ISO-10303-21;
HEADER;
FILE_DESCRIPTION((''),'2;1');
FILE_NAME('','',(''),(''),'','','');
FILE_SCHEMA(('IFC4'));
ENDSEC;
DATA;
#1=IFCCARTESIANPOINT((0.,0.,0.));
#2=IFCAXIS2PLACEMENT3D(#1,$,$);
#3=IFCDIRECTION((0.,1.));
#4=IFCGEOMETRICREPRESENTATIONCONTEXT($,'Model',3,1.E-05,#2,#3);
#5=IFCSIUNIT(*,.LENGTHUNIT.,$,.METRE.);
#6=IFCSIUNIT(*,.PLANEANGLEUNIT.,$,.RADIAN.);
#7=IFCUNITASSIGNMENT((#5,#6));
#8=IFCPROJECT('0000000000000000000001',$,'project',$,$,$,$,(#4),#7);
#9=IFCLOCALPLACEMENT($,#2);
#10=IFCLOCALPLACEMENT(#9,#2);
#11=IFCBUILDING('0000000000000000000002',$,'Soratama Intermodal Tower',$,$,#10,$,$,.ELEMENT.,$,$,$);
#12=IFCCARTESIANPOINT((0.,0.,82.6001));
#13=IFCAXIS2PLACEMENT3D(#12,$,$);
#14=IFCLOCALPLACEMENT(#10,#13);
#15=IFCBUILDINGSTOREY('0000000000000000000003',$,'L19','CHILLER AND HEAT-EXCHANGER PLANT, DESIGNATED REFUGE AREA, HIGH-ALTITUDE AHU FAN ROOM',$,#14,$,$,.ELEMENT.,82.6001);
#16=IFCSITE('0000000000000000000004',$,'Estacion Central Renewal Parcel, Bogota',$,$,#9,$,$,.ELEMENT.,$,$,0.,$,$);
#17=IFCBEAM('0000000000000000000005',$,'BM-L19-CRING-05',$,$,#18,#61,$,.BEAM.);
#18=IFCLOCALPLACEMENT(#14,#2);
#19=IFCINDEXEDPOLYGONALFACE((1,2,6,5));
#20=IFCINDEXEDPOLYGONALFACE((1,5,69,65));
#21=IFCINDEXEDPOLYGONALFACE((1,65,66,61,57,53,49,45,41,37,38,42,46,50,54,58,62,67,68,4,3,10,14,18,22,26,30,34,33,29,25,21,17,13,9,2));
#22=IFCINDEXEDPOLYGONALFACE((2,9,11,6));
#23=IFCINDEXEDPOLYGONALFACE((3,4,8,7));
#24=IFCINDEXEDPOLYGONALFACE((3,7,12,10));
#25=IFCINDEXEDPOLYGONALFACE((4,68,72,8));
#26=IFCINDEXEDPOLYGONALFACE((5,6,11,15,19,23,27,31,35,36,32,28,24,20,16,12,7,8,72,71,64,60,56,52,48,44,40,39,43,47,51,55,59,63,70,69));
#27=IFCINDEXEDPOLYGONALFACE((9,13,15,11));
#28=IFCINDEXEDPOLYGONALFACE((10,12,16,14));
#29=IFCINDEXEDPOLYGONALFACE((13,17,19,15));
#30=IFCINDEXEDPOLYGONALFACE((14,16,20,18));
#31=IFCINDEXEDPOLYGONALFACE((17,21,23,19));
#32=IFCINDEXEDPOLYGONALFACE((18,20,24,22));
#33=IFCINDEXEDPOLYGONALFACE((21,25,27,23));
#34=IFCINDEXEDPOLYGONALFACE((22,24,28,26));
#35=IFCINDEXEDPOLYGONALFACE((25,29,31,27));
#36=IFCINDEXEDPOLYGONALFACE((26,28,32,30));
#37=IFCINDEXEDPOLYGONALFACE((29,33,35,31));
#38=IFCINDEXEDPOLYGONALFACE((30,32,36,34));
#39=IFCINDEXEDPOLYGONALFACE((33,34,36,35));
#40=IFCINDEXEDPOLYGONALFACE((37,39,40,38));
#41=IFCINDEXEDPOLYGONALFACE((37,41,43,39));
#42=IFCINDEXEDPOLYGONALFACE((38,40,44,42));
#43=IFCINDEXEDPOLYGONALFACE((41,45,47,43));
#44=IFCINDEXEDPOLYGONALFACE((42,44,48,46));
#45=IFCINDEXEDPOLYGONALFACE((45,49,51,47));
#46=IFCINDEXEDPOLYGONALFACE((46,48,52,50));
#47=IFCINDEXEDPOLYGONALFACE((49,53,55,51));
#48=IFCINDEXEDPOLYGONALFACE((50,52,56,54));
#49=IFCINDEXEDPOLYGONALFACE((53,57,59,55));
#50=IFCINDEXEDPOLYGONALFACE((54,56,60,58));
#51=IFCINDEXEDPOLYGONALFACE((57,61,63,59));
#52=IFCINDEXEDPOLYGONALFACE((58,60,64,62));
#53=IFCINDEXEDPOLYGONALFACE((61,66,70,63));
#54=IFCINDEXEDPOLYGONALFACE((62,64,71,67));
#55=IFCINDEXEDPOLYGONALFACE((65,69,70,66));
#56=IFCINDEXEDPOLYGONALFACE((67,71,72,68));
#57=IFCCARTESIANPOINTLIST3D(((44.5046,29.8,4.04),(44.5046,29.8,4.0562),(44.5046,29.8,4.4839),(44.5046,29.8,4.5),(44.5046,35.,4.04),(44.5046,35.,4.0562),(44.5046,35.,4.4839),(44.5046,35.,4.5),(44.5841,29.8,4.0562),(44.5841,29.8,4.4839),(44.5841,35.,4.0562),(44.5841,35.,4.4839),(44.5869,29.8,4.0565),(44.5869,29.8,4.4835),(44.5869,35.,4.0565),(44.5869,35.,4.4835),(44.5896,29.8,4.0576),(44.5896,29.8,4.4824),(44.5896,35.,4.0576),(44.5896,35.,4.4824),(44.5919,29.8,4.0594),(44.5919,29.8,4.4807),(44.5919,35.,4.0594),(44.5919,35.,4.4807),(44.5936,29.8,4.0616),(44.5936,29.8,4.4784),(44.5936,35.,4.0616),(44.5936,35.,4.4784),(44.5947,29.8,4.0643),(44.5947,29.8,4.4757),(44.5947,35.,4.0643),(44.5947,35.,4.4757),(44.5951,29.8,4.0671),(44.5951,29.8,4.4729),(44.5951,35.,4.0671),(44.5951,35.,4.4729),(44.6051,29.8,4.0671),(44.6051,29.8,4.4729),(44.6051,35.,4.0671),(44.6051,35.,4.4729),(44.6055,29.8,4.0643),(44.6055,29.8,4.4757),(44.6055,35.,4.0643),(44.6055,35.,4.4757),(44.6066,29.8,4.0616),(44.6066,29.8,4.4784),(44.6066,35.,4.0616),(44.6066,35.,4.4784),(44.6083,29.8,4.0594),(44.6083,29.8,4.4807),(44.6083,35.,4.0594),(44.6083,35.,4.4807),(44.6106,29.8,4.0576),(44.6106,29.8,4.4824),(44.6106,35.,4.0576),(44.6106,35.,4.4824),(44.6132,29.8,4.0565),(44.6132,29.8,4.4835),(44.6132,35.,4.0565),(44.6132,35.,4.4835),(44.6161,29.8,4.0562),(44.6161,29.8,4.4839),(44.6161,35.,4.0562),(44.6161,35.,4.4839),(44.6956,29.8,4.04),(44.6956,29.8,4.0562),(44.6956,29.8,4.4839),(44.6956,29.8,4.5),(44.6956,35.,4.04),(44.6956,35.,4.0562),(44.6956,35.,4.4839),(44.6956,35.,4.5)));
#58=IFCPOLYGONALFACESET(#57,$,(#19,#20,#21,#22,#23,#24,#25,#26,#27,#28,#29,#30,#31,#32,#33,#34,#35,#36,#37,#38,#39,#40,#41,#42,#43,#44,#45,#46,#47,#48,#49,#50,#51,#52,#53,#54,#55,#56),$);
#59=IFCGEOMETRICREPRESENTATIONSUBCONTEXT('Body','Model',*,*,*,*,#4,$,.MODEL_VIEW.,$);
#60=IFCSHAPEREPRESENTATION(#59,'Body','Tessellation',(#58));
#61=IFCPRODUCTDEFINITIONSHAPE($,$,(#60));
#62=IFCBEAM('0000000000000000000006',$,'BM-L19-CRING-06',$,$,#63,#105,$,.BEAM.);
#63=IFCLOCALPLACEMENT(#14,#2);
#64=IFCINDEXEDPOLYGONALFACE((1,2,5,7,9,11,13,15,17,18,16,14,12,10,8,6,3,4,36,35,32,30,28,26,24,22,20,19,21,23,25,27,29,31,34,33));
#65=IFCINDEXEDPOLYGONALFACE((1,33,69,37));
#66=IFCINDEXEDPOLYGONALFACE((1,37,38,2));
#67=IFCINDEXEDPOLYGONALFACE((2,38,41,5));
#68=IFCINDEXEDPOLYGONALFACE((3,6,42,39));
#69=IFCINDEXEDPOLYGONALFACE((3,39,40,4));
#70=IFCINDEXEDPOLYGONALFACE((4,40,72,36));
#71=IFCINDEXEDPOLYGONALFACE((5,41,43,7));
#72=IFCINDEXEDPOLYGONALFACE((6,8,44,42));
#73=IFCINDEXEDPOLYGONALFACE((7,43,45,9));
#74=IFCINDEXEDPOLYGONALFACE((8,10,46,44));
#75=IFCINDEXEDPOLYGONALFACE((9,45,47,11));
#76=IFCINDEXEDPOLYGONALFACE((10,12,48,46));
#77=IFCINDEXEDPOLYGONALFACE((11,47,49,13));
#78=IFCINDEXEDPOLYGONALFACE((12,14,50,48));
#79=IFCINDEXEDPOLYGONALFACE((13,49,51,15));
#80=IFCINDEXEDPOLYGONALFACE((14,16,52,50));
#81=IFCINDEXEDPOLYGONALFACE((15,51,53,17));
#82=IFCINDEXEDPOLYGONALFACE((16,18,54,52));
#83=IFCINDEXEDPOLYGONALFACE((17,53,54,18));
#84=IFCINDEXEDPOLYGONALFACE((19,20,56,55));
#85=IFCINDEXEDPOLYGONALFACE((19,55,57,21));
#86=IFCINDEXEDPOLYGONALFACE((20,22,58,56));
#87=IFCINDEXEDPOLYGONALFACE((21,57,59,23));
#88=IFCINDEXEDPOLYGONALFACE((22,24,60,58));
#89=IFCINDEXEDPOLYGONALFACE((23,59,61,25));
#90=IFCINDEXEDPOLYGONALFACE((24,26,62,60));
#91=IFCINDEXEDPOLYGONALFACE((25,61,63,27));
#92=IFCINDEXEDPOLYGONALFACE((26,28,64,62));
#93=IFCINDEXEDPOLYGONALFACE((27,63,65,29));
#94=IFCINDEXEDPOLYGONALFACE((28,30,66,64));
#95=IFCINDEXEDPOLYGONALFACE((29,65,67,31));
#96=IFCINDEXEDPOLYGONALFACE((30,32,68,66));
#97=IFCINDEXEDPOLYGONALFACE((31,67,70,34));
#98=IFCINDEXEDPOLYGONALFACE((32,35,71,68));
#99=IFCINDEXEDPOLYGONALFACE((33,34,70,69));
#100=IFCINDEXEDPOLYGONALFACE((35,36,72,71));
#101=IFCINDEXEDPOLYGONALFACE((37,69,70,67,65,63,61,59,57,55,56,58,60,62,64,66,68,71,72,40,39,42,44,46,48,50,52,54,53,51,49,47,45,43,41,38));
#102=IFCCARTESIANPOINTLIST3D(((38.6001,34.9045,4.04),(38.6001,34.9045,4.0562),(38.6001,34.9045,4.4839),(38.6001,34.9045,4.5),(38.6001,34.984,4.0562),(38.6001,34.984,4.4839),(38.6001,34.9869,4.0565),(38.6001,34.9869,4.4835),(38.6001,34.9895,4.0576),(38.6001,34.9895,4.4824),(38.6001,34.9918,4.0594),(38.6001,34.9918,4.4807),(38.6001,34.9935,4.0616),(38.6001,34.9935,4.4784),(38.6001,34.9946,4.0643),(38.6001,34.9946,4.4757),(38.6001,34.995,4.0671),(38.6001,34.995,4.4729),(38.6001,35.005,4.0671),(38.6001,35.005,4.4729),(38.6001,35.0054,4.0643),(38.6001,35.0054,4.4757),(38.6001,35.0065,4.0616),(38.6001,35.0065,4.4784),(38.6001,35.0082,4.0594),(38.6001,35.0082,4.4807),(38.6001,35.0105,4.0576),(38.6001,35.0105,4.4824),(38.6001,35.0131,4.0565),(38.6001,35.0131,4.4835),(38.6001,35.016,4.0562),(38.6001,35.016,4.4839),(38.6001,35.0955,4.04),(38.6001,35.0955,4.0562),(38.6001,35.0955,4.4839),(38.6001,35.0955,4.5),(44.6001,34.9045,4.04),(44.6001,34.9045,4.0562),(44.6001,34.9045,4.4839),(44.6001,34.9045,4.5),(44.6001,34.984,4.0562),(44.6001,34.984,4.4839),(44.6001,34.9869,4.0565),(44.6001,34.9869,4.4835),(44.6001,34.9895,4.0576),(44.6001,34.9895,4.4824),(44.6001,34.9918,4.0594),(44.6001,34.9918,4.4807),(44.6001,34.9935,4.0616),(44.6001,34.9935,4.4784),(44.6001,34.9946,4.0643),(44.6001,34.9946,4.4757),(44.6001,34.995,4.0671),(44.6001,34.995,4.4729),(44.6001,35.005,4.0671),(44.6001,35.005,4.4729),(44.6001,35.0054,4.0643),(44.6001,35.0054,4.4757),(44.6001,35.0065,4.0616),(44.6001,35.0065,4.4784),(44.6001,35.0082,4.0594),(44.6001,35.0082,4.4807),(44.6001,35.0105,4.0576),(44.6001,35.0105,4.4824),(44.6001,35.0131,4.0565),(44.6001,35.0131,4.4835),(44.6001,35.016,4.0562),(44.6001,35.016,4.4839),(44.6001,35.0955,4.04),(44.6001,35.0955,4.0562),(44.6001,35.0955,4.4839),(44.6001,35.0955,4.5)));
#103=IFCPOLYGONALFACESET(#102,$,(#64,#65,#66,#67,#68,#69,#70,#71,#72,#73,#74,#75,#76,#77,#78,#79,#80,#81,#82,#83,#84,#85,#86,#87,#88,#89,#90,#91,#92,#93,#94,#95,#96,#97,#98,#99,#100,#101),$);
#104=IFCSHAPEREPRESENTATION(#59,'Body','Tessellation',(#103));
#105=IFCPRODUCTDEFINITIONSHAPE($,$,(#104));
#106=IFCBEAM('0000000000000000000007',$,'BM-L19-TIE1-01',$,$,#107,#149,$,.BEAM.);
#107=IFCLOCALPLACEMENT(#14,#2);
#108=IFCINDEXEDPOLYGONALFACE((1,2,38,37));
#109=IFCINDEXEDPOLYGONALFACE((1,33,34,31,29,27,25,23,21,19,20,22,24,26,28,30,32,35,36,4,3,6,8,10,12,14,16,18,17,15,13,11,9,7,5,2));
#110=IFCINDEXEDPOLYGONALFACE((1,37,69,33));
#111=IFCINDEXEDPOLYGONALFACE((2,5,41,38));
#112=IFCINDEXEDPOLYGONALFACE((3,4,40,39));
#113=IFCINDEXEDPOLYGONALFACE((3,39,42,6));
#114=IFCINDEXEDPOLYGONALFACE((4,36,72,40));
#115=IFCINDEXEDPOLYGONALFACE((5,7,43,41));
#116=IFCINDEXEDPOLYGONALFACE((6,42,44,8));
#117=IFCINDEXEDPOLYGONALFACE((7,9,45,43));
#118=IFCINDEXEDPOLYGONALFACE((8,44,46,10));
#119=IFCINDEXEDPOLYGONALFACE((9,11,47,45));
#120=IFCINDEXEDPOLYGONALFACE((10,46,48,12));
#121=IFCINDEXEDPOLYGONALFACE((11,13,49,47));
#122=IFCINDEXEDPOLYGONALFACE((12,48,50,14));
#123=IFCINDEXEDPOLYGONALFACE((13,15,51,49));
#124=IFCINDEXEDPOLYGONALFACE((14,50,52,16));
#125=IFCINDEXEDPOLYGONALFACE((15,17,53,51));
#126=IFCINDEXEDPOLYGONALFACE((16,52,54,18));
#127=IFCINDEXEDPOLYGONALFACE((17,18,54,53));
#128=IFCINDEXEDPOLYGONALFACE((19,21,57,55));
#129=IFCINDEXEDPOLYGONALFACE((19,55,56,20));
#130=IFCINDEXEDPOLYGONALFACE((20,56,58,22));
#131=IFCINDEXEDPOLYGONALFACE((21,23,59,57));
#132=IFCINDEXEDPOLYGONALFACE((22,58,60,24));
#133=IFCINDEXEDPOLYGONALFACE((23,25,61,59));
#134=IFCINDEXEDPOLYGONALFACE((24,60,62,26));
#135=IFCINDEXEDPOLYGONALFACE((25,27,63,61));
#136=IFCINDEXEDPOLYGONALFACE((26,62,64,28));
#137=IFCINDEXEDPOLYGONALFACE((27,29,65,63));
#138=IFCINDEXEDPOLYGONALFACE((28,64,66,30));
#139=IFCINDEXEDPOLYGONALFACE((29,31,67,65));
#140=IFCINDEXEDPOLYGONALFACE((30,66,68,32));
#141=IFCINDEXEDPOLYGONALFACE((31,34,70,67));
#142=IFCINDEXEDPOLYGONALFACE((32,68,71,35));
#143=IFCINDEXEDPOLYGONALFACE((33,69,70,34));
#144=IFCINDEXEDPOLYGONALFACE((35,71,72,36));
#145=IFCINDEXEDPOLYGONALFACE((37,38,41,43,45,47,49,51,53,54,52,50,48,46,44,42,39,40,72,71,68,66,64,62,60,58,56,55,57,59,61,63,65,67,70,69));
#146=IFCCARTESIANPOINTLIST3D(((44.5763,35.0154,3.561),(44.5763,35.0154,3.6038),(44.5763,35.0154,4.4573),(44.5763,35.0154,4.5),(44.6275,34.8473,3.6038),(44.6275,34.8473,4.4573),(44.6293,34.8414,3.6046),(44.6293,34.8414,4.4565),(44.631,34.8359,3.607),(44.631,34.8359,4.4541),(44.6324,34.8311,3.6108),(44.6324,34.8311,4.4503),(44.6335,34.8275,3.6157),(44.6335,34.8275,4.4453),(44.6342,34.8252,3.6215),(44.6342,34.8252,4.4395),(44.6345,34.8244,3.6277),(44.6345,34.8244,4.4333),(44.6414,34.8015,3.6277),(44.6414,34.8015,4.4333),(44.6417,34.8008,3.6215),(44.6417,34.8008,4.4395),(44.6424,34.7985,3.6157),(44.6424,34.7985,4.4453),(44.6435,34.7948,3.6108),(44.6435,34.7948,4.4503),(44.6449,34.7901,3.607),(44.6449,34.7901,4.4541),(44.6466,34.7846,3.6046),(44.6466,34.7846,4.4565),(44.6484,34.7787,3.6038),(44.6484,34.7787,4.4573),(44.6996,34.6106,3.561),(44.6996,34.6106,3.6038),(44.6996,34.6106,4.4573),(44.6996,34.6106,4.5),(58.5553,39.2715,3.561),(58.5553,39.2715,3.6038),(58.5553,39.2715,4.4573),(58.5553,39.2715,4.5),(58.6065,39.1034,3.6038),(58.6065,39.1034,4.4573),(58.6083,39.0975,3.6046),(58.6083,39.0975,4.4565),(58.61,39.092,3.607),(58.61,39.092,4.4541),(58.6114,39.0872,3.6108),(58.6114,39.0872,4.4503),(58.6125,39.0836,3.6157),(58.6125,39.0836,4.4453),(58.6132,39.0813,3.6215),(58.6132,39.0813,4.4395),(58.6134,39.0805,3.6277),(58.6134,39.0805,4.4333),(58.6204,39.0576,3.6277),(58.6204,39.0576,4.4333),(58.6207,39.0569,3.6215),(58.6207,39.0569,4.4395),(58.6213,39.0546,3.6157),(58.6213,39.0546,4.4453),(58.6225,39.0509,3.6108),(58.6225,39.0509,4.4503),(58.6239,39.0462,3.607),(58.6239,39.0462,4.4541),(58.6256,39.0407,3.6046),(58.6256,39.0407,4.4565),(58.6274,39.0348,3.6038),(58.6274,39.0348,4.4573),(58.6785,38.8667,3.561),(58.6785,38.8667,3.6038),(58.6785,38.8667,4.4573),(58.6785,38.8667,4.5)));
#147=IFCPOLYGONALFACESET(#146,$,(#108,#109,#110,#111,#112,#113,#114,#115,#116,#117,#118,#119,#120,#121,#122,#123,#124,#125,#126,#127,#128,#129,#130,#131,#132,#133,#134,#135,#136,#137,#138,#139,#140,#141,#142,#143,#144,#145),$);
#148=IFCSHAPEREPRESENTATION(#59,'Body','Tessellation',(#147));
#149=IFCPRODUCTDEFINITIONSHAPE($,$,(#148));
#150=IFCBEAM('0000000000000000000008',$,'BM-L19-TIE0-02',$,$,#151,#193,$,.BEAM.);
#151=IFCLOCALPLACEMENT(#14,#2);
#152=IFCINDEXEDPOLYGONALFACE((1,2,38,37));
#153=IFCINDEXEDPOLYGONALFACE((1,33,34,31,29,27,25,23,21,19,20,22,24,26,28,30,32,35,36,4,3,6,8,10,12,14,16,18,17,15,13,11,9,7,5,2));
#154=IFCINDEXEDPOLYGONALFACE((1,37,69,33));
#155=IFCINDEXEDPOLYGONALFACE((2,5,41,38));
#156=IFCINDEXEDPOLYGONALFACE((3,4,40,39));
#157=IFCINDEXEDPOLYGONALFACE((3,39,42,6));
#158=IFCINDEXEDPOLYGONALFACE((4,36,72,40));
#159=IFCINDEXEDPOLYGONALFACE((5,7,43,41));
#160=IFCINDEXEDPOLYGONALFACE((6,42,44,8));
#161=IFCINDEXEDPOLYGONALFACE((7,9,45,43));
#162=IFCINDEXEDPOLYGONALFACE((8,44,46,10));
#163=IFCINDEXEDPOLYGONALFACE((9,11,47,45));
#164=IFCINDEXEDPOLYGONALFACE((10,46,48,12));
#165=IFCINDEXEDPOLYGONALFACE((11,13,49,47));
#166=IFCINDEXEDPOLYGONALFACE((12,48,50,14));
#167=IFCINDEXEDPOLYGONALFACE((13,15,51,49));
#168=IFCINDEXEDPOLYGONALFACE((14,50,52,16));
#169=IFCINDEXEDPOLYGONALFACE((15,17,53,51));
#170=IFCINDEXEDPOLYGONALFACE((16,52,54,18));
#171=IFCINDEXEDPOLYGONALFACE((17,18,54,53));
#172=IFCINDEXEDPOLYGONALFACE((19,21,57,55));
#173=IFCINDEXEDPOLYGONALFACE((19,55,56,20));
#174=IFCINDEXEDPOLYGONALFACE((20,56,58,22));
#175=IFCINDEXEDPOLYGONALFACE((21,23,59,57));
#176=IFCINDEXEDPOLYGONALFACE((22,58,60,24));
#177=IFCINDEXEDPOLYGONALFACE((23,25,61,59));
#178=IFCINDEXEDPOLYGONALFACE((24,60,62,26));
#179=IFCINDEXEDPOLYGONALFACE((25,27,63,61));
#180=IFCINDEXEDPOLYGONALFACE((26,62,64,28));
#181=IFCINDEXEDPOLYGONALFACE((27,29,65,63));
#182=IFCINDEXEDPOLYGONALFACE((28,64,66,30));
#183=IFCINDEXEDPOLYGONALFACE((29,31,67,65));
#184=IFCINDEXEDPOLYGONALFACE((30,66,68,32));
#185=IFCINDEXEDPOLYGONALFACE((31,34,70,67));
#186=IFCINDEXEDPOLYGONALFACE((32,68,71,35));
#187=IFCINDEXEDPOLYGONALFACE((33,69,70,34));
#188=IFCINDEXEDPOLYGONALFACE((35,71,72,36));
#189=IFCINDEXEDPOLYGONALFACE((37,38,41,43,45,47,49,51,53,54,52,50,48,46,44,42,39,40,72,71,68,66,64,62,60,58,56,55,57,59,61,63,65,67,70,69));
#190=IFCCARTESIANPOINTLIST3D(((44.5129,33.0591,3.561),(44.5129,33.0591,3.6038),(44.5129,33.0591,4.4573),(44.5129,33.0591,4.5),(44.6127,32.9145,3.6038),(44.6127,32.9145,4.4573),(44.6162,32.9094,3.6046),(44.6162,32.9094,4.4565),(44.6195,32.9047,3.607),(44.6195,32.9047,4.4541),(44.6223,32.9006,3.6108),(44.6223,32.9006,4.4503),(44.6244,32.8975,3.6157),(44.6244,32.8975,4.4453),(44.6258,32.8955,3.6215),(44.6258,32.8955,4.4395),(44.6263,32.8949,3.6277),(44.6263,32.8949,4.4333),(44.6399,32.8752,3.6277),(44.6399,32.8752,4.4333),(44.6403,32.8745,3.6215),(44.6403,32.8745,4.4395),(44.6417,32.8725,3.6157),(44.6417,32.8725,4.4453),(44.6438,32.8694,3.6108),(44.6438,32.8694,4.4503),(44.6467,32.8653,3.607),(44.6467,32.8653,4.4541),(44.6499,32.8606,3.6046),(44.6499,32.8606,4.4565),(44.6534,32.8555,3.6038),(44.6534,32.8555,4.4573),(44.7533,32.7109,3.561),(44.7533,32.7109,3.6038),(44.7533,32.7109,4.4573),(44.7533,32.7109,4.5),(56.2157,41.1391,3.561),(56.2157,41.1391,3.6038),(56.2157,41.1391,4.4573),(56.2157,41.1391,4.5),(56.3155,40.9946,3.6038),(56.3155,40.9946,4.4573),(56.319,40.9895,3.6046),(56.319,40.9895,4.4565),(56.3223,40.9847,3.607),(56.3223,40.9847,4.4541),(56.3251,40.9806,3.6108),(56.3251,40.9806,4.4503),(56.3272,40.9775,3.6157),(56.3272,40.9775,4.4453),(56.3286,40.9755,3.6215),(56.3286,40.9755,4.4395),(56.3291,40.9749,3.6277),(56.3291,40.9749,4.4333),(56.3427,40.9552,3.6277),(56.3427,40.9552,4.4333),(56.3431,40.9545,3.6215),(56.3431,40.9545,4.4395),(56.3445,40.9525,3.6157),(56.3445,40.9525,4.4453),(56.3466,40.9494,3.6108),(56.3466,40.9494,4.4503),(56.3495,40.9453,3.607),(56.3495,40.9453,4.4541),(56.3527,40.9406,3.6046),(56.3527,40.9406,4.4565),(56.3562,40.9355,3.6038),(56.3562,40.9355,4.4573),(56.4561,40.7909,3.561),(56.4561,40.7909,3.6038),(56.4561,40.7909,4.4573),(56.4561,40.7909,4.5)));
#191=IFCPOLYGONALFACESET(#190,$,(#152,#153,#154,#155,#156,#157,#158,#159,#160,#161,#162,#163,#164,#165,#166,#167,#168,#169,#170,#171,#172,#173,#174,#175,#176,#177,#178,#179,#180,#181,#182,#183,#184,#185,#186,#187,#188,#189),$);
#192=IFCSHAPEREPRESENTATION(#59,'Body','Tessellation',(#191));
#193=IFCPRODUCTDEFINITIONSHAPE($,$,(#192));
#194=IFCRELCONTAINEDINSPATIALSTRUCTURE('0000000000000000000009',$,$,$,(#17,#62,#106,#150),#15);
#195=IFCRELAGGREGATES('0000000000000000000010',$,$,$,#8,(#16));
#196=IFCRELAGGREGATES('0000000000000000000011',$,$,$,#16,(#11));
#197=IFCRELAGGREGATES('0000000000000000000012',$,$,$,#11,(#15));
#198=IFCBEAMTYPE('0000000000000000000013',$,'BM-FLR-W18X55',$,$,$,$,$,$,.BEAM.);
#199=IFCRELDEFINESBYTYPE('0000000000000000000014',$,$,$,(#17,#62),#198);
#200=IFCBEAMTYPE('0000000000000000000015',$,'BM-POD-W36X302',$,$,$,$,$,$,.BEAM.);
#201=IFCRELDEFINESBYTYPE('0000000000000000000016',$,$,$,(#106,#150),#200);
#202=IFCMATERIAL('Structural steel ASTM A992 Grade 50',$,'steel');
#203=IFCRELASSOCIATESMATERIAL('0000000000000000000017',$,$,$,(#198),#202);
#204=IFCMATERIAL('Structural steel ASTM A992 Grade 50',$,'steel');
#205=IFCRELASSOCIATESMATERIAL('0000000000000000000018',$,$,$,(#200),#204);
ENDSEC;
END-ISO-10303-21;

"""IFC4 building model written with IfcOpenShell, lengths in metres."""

from ifc_helpers import new_model, si_unit, direction, frame, origin, origin_2d, place, context, subcontext, project, spatial, i_section, extrude, material, material_profile, profile_set, type_object, element, save


model = new_model("IFC4")

# Units and contexts
model_context = context("Model", 3, precision=1e-05, world=origin(), true_north=direction((0.0, 1.0)))
body_context = subcontext(model_context, "Body", "Model", "MODEL_VIEW")
ifc_project = project(units=[si_unit("LENGTHUNIT", "METRE"), si_unit("PLANEANGLEUNIT", "RADIAN")], contexts=[model_context])

# Site, building, storey
site_placement = place(None, origin())
site = spatial("IfcSite", under=ifc_project, at=site_placement, Name="Estacion Central Renewal Parcel, Bogota", CompositionType="ELEMENT", RefElevation=0.0)
building_placement = place(site_placement, origin())
building = spatial("IfcBuilding", under=site, at=building_placement, Name="Soratama Intermodal Tower", CompositionType="ELEMENT")
storey_placement = place(building_placement, frame((0.0, 0.0, 82.6001)))
storey = spatial("IfcBuildingStorey", under=building, at=storey_placement, Name="L19", Description="CHILLER AND HEAT-EXCHANGER PLANT, DESIGNATED REFUGE AREA, HIGH-ALTITUDE AHU FAN ROOM", CompositionType="ELEMENT", Elevation=82.6001)

# Beams
ifc_material_1 = material(Name="Structural steel ASTM A992 Grade 50", Category="steel")
ifc_material_profile_1 = material_profile(ifc_material_1, i_section(OverallWidth=0.1909, OverallDepth=0.46, WebThickness=0.01, FlangeThickness=0.0161, FilletRadius=0.011, at=origin_2d()), Name="W18X55")
ifc_profile_set_1 = profile_set([ifc_material_profile_1], Name="Structural steel ASTM A992 Grade 50")
beam_type_1 = type_object("IfcBeamType", Name="BM-FLR-W18X55", PredefinedType="BEAM", material=ifc_profile_set_1)
beam_1_placement = place(storey_placement, frame((44.6001, 29.8, 4.27), z_axis=(0.0, 1.0, 0.0), x_axis=(-1.0, 0.0, 0.0)))
element("IfcBeam", 1, at=beam_1_placement, inside=storey, type_object=beam_type_1, Name="BM-L19-CRING-05", PredefinedType="BEAM", context=body_context, shape_type="SweptSolid", body=[
    extrude(i_section(OverallWidth=0.1909, OverallDepth=0.46, WebThickness=0.01, FlangeThickness=0.0161, FilletRadius=0.011, at=origin_2d()), origin(), (0.0, 0.0, 1.0), 5.2),
])
beam_2_placement = place(storey_placement, frame((44.6001, 35.0, 4.27), z_axis=(-1.0, 0.0, 0.0), x_axis=(0.0, -1.0, 0.0)))
element("IfcBeam", 2, at=beam_2_placement, inside=storey, type_object=beam_type_1, Name="BM-L19-CRING-06", PredefinedType="BEAM", context=body_context, shape_type="SweptSolid", body=[
    extrude(i_section(OverallWidth=0.1909, OverallDepth=0.46, WebThickness=0.01, FlangeThickness=0.0161, FilletRadius=0.011, at=origin_2d()), origin(), (0.0, 0.0, 1.0), 6.0),
])
ifc_material_2 = material(Name="Structural steel ASTM A992 Grade 50", Category="steel")
ifc_material_profile_2 = material_profile(ifc_material_2, i_section(OverallWidth=0.4231, OverallDepth=0.939, WebThickness=0.0239, FlangeThickness=0.0427, FilletRadius=0.0239, at=origin_2d()), Name="W36X302")
ifc_profile_set_2 = profile_set([ifc_material_profile_2], Name="Structural steel ASTM A992 Grade 50")
beam_type_2 = type_object("IfcBeamType", Name="BM-POD-W36X302", PredefinedType="BEAM", material=ifc_profile_set_2)
beam_3_placement = place(storey_placement, frame((44.6379, 34.813, 4.0305), z_axis=(0.956643, 0.291263, 0.0), x_axis=(-0.291263, 0.956643, 0.0)))
element("IfcBeam", 3, at=beam_3_placement, inside=storey, type_object=beam_type_2, Name="BM-L19-TIE1-01", PredefinedType="BEAM", context=body_context, shape_type="SweptSolid", body=[
    extrude(i_section(OverallWidth=0.4231, OverallDepth=0.939, WebThickness=0.0239, FlangeThickness=0.0427, FilletRadius=0.0239, at=origin_2d()), origin(), (0.0, 0.0, 1.0), 14.6125),
])
beam_4_placement = place(storey_placement, frame((44.6331, 32.885, 4.0305), z_axis=(0.822913, 0.568168, 0.0), x_axis=(-0.568168, 0.822913, 0.0)))
element("IfcBeam", 4, at=beam_4_placement, inside=storey, type_object=beam_type_2, Name="BM-L19-TIE0-02", PredefinedType="BEAM", context=body_context, shape_type="SweptSolid", body=[
    extrude(i_section(OverallWidth=0.4231, OverallDepth=0.939, WebThickness=0.0239, FlangeThickness=0.0427, FilletRadius=0.0239, at=origin_2d()), origin(), (0.0, 0.0, 1.0), 14.2212),
])

save(model, "model.ifc")
